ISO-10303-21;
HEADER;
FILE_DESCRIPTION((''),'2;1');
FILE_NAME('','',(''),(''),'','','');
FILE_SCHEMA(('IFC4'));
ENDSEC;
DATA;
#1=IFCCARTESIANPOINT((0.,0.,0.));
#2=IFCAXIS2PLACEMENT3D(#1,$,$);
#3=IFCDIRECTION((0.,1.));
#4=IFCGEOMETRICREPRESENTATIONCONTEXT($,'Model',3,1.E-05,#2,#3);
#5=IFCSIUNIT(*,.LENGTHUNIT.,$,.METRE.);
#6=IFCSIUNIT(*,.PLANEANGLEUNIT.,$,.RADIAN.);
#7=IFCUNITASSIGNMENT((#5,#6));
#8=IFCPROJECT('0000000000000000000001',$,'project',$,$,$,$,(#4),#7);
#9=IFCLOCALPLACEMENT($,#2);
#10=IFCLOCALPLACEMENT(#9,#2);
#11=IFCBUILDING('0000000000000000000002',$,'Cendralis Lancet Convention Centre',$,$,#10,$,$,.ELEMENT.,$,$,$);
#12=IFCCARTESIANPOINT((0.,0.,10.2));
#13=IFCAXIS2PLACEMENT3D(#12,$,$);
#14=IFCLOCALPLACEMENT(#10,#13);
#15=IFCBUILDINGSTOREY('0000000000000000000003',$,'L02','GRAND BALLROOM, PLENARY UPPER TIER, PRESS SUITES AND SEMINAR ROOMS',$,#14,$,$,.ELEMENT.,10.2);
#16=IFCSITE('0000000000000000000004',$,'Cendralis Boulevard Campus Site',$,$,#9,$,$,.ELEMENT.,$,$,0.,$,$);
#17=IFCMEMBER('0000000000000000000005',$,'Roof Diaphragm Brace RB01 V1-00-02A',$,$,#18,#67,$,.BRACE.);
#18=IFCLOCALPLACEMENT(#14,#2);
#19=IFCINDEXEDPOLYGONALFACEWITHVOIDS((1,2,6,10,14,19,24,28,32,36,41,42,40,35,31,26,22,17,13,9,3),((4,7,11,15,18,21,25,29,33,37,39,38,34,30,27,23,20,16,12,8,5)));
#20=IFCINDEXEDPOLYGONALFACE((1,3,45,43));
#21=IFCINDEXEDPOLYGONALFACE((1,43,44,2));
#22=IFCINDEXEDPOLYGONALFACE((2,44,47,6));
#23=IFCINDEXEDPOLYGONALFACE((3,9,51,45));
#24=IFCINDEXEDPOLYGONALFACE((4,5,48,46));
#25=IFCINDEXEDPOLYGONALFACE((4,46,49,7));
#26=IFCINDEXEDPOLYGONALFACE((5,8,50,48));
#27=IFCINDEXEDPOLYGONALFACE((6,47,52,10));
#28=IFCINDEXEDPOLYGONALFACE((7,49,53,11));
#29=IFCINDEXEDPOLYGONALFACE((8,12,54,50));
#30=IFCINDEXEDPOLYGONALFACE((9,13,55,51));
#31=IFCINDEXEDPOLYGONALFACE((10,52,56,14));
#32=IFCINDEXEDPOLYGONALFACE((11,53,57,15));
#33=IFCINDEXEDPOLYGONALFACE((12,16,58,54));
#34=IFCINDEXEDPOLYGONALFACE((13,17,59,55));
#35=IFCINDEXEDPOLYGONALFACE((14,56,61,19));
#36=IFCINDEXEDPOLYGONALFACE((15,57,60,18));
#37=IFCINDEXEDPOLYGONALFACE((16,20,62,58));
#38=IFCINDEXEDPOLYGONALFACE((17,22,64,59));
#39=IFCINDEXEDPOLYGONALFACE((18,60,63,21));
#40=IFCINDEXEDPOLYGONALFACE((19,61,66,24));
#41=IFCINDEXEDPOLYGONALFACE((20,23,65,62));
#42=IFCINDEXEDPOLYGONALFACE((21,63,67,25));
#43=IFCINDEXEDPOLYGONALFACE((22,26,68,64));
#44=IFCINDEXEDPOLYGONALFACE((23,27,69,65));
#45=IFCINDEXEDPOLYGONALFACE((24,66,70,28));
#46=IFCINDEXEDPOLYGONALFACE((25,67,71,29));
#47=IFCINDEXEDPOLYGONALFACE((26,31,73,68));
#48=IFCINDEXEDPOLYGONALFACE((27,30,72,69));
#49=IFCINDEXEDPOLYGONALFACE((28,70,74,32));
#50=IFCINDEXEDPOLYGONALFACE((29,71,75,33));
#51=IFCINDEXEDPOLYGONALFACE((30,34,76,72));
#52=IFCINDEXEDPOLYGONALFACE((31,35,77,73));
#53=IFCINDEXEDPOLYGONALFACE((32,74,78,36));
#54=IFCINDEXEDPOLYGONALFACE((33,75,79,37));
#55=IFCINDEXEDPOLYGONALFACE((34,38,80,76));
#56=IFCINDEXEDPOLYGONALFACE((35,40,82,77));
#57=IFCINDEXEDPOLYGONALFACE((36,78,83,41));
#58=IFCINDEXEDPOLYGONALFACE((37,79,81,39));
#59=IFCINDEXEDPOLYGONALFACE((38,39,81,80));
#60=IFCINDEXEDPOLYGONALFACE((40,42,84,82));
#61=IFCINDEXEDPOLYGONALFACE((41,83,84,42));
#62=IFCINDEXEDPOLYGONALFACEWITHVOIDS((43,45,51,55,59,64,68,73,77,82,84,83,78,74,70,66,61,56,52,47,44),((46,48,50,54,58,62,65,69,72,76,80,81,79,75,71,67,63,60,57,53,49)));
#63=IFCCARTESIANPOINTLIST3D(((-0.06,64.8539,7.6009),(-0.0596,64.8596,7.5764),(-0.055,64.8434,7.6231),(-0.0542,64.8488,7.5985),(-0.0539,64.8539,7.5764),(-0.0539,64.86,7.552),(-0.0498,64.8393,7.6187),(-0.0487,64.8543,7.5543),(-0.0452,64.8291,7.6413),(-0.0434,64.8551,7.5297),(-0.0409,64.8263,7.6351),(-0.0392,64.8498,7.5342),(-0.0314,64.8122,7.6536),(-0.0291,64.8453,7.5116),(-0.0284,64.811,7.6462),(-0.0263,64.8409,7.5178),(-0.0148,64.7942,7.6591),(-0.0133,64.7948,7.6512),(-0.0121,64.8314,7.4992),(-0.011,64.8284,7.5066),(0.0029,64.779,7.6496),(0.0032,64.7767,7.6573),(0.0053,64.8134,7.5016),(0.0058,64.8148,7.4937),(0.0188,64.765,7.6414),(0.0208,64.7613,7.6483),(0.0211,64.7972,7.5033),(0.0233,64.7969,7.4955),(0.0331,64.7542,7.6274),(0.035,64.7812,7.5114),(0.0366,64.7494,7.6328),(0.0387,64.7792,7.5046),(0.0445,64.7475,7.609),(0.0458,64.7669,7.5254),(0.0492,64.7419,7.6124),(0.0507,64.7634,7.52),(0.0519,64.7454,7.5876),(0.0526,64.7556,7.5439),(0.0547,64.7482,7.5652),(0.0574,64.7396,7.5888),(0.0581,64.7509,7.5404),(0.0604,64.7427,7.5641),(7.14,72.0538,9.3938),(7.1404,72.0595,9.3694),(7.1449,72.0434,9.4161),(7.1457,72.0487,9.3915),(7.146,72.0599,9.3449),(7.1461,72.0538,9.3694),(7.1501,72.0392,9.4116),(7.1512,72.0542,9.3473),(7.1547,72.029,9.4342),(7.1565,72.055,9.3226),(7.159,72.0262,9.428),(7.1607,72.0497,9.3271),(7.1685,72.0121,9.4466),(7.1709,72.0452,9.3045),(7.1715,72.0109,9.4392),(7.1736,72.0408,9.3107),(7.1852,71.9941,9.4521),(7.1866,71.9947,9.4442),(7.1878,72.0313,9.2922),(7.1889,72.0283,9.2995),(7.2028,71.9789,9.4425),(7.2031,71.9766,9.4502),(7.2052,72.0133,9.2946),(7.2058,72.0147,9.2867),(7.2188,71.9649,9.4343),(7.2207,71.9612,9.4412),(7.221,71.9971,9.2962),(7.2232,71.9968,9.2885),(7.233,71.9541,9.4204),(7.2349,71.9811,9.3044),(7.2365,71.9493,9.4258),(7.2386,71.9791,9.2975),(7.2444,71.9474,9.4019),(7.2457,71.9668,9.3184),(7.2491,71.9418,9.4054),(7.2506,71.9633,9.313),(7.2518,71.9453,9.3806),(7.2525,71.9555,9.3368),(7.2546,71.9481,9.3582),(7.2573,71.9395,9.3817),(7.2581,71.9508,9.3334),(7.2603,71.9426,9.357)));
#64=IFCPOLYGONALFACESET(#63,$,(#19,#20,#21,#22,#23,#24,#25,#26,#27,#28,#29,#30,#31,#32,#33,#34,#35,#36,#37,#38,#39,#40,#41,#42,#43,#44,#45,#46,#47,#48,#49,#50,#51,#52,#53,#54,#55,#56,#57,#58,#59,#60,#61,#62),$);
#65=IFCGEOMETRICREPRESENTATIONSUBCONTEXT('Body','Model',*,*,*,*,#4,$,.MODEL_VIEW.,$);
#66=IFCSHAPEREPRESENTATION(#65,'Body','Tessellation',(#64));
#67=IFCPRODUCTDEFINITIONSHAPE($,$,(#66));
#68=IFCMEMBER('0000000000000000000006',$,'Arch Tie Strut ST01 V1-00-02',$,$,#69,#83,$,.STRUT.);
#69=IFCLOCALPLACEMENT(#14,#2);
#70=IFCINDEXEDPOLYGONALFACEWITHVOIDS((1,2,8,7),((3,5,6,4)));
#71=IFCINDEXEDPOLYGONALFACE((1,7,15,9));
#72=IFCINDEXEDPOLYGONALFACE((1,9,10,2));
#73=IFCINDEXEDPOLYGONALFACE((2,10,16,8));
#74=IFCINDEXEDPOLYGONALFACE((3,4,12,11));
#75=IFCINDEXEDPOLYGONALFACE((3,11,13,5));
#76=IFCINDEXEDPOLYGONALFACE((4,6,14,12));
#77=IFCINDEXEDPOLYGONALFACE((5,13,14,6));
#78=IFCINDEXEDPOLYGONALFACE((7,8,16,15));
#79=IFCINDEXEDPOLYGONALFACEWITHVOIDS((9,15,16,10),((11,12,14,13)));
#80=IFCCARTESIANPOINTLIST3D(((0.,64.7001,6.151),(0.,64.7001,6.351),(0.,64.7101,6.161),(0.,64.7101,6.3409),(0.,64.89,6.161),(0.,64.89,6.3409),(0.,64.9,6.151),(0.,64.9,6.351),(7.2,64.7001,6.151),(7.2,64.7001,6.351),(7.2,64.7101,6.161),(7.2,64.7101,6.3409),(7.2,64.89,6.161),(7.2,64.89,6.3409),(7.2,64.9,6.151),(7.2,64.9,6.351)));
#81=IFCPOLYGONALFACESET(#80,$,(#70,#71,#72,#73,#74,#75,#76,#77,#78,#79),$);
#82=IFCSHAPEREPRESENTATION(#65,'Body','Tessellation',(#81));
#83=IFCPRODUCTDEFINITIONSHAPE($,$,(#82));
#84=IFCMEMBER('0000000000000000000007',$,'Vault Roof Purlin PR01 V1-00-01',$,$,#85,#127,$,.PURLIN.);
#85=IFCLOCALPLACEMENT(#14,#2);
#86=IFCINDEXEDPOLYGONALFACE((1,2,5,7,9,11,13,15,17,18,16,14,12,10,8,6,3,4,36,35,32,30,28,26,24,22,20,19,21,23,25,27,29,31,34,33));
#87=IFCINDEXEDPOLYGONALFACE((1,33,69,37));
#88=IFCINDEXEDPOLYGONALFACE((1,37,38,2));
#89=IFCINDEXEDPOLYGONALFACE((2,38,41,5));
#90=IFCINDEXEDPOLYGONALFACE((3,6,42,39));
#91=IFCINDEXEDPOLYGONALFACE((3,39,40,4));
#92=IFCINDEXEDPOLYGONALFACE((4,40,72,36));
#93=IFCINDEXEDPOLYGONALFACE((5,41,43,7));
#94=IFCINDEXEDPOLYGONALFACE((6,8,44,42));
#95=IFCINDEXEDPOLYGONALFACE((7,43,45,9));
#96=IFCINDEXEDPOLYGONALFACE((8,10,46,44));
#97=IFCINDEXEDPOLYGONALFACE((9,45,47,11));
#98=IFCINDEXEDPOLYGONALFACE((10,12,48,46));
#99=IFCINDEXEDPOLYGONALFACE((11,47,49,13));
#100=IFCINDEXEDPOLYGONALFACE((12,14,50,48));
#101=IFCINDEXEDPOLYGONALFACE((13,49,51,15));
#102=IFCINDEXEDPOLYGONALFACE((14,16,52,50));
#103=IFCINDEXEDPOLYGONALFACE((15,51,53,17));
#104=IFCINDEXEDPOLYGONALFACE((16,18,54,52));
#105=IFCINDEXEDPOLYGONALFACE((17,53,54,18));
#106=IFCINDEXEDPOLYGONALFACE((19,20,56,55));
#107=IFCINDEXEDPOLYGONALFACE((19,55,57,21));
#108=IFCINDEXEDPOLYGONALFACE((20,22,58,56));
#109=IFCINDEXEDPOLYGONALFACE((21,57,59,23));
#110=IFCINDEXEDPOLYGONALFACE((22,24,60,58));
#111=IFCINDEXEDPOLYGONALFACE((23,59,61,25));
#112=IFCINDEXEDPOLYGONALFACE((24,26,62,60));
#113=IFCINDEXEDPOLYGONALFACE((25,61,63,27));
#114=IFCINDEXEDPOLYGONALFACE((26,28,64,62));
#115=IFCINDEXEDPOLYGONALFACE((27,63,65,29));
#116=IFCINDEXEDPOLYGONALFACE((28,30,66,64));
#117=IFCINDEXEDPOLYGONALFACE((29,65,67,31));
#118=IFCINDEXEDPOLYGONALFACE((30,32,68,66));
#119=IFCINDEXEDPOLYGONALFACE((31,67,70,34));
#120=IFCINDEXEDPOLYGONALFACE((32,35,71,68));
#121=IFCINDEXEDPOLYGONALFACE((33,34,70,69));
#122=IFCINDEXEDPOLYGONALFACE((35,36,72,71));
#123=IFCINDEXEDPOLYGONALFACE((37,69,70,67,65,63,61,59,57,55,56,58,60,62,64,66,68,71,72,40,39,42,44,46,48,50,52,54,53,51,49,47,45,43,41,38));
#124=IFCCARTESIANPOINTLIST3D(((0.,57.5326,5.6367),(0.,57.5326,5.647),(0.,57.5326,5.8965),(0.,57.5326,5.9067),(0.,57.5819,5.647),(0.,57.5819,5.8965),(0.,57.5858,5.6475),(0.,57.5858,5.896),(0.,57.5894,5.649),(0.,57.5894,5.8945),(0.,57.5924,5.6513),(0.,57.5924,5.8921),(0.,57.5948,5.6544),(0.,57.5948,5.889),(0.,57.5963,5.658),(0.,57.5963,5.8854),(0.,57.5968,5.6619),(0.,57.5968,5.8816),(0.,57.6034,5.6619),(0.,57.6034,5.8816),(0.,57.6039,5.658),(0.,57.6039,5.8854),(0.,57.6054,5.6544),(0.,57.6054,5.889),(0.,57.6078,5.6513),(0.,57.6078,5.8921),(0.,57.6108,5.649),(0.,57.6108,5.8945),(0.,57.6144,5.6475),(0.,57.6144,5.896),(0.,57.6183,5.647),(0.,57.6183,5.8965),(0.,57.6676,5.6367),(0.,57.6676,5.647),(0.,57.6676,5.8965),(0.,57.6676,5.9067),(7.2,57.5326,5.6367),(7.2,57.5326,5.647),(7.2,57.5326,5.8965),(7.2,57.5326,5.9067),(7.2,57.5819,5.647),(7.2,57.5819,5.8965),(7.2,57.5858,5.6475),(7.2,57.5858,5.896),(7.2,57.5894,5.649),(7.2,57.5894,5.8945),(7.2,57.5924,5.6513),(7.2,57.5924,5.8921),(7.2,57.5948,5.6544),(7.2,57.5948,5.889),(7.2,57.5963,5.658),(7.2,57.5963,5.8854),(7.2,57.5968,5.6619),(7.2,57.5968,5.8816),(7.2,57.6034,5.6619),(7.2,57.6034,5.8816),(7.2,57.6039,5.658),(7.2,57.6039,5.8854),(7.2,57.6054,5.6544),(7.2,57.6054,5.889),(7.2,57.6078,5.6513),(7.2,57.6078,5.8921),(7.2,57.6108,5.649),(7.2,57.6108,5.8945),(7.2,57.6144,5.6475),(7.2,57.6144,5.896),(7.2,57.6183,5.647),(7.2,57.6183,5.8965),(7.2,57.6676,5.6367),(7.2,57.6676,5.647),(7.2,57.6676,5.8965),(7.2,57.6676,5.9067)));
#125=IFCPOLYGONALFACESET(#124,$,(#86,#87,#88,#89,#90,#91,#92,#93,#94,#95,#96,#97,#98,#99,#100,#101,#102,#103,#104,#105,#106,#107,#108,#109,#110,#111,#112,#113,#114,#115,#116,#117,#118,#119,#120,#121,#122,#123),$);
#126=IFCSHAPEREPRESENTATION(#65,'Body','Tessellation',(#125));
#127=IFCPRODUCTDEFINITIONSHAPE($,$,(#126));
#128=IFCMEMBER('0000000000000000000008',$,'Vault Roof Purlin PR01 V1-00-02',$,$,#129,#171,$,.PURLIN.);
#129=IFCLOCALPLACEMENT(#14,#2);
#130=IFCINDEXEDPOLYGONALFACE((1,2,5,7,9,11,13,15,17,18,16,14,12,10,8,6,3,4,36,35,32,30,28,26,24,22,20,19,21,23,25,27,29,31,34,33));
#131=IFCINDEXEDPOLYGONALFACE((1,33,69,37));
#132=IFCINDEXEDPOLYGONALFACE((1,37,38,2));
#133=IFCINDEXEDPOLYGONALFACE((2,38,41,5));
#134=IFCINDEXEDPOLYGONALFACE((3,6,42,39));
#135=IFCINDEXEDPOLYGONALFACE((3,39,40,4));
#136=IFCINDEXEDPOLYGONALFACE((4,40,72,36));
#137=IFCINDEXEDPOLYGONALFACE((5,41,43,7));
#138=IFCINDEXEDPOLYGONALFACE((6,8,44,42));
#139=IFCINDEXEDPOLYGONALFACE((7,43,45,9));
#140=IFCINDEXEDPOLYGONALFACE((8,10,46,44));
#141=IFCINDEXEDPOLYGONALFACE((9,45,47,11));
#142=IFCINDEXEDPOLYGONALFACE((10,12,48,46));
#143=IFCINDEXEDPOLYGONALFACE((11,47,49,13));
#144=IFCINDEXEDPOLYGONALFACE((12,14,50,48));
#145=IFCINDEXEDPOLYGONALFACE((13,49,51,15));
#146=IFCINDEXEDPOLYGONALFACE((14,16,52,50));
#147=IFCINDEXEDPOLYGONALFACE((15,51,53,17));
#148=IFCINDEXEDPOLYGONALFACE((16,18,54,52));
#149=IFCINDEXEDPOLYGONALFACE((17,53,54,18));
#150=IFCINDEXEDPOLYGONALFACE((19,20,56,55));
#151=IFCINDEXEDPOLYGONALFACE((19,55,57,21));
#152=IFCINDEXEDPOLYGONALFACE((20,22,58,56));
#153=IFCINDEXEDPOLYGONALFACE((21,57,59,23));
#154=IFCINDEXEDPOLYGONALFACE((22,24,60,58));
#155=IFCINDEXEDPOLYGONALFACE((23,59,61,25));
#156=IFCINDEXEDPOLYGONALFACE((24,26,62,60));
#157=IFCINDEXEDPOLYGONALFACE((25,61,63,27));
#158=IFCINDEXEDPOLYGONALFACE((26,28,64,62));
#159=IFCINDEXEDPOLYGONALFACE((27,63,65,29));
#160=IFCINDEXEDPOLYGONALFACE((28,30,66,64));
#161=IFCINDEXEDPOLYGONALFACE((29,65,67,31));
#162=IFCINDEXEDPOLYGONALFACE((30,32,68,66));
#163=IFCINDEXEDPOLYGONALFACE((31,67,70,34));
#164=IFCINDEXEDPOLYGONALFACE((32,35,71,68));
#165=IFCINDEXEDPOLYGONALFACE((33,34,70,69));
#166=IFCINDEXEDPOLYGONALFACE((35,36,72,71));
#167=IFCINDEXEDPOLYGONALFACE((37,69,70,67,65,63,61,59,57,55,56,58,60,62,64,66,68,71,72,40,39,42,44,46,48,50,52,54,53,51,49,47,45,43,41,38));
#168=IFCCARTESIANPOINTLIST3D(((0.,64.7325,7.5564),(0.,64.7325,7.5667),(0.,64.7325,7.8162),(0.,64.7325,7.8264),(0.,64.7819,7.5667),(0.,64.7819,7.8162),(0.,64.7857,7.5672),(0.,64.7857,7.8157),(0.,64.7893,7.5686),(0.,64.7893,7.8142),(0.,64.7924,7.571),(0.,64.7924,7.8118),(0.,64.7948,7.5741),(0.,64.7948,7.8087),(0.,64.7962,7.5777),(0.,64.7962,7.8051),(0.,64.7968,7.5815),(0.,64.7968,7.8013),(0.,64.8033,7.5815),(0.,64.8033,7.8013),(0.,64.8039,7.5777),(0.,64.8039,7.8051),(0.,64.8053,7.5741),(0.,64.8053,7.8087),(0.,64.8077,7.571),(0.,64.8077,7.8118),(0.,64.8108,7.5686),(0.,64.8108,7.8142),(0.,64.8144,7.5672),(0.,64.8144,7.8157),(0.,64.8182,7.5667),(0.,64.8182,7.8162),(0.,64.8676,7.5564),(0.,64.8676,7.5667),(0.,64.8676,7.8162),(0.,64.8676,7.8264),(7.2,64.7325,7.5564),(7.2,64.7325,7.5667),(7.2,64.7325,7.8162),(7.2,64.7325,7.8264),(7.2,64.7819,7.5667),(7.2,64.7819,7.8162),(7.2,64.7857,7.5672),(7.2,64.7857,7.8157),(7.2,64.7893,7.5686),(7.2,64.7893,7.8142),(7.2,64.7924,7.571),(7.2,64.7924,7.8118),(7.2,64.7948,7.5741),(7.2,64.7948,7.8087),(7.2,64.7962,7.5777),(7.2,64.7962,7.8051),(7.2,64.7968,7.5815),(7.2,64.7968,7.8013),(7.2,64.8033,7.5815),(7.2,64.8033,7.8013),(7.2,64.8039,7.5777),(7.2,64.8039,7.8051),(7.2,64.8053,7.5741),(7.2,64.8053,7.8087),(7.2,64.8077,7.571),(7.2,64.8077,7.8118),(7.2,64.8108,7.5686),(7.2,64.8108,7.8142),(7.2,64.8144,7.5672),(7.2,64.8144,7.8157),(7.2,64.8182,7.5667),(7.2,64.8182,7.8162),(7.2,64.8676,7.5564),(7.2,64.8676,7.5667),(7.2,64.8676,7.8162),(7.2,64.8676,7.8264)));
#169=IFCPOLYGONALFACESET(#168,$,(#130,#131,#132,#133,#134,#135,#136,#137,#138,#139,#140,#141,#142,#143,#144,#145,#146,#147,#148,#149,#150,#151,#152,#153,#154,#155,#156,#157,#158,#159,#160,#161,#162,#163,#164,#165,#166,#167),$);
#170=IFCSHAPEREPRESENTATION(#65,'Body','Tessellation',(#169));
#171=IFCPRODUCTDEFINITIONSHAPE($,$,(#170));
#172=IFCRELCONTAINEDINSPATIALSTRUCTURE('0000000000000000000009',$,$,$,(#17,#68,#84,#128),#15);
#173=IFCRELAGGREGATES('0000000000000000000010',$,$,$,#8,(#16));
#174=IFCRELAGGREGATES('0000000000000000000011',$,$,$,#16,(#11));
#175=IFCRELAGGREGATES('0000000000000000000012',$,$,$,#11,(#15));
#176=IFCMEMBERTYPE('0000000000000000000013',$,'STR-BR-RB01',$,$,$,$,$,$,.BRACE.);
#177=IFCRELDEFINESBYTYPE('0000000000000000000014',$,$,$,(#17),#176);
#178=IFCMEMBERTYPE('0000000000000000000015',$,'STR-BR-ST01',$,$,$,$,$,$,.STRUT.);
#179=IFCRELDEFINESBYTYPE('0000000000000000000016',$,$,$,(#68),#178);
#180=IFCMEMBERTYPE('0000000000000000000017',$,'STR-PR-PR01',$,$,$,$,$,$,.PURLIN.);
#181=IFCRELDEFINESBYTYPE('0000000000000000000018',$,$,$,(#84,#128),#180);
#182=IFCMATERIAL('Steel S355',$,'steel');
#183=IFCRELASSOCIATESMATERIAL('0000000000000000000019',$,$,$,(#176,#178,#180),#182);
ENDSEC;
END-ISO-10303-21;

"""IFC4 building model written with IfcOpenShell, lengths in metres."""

from ifc_helpers import new_model, si_unit, direction, frame, origin, origin_2d, place, context, subcontext, project, spatial, hollow_rectangle, hollow_circle, i_section, extrude, material, material_profile, profile_set, type_object, element, save


model = new_model("IFC4")

# Units and contexts
model_context = context("Model", 3, precision=1e-05, world=origin(), true_north=direction((0.0, 1.0)))
body_context = subcontext(model_context, "Body", "Model", "MODEL_VIEW")
ifc_project = project(units=[si_unit("LENGTHUNIT", "METRE"), si_unit("PLANEANGLEUNIT", "RADIAN")], contexts=[model_context])

# Site, building, storey
site_placement = place(None, origin())
site = spatial("IfcSite", under=ifc_project, at=site_placement, Name="Cendralis Boulevard Campus Site", CompositionType="ELEMENT", RefElevation=0.0)
building_placement = place(site_placement, origin())
building = spatial("IfcBuilding", under=site, at=building_placement, Name="Cendralis Lancet Convention Centre", CompositionType="ELEMENT")
storey_placement = place(building_placement, frame((0.0, 0.0, 10.2)))
storey = spatial("IfcBuildingStorey", under=building, at=storey_placement, Name="L02", Description="GRAND BALLROOM, PLENARY UPPER TIER, PRESS SUITES AND SEMINAR ROOMS", CompositionType="ELEMENT", Elevation=10.2)

# Members
ifc_material = material(Name="Steel S355", Category="steel")
ifc_material_profile_1 = material_profile(ifc_material, hollow_circle(Radius=0.0842, WallThickness=0.0081, at=origin_2d()), Name="CHS 168.3x8.0")
ifc_profile_set_1 = profile_set([ifc_material_profile_1], Name="Steel S355")
member_type_1 = type_object("IfcMemberType", Name="STR-BR-RB01", PredefinedType="BRACE", material=ifc_profile_set_1)
member_1_placement = place(storey_placement, frame((0.0, 64.8, 7.5764), z_axis=(0.696393, 0.696393, 0.173419), x_axis=(-0.707107, 0.707107, 0.0)))
element("IfcMember", 1, at=member_1_placement, inside=storey, type_object=member_type_1, Name="Roof Diaphragm Brace RB01 V1-00-02A", PredefinedType="BRACE", context=body_context, shape_type="SweptSolid", body=[
    extrude(hollow_circle(Radius=0.0842, WallThickness=0.0081, at=origin_2d()), origin(), (0.0, 0.0, 1.0), 10.3389),
])
ifc_material_profile_2 = material_profile(ifc_material, hollow_rectangle(XDim=0.2, YDim=0.2, WallThickness=0.01, at=origin_2d()), Name="SHS 200x200x10.0")
ifc_profile_set_2 = profile_set([ifc_material_profile_2], Name="Steel S355")
member_type_2 = type_object("IfcMemberType", Name="STR-BR-ST01", PredefinedType="STRUT", material=ifc_profile_set_2)
member_2_placement = place(storey_placement, frame((0.0, 64.8, 6.251), z_axis=(1.0, 0.0, 0.0), x_axis=(0.0, 1.0, 0.0)))
element("IfcMember", 2, at=member_2_placement, inside=storey, type_object=member_type_2, Name="Arch Tie Strut ST01 V1-00-02", PredefinedType="STRUT", context=body_context, shape_type="SweptSolid", body=[
    extrude(hollow_rectangle(XDim=0.2, YDim=0.2, WallThickness=0.01, at=origin_2d()), origin(), (0.0, 0.0, 1.0), 7.2),
])
ifc_material_profile_3 = material_profile(ifc_material, i_section(OverallWidth=0.135, OverallDepth=0.27, WebThickness=0.0066, FlangeThickness=0.0103, FilletRadius=0.0149, at=origin_2d()), Name="IPE 270")
ifc_profile_set_3 = profile_set([ifc_material_profile_3], Name="Steel S355")
member_type_3 = type_object("IfcMemberType", Name="STR-PR-PR01", PredefinedType="PURLIN", material=ifc_profile_set_3)
for number, where, z_axis, x_axis, name in (
    (3, (0.0, 57.6001, 5.7717), (1.0, 0.0, 0.0), (0.0, 1.0, 0.0), "Vault Roof Purlin PR01 V1-00-01"),
    (4, (0.0, 64.8, 7.6914), (1.0, 0.0, 0.0), (0.0, 1.0, 0.0), "Vault Roof Purlin PR01 V1-00-02"),
):
    element("IfcMember", number, at=place(storey_placement, frame(where, z_axis=z_axis, x_axis=x_axis)), inside=storey, type_object=member_type_3, Name=name, PredefinedType="PURLIN", context=body_context, shape_type="SweptSolid", body=[
        extrude(i_section(OverallWidth=0.135, OverallDepth=0.27, WebThickness=0.0066, FlangeThickness=0.0103, FilletRadius=0.0149, at=origin_2d()), origin(), (0.0, 0.0, 1.0), 7.2),
    ])

save(model, "model.ifc")
